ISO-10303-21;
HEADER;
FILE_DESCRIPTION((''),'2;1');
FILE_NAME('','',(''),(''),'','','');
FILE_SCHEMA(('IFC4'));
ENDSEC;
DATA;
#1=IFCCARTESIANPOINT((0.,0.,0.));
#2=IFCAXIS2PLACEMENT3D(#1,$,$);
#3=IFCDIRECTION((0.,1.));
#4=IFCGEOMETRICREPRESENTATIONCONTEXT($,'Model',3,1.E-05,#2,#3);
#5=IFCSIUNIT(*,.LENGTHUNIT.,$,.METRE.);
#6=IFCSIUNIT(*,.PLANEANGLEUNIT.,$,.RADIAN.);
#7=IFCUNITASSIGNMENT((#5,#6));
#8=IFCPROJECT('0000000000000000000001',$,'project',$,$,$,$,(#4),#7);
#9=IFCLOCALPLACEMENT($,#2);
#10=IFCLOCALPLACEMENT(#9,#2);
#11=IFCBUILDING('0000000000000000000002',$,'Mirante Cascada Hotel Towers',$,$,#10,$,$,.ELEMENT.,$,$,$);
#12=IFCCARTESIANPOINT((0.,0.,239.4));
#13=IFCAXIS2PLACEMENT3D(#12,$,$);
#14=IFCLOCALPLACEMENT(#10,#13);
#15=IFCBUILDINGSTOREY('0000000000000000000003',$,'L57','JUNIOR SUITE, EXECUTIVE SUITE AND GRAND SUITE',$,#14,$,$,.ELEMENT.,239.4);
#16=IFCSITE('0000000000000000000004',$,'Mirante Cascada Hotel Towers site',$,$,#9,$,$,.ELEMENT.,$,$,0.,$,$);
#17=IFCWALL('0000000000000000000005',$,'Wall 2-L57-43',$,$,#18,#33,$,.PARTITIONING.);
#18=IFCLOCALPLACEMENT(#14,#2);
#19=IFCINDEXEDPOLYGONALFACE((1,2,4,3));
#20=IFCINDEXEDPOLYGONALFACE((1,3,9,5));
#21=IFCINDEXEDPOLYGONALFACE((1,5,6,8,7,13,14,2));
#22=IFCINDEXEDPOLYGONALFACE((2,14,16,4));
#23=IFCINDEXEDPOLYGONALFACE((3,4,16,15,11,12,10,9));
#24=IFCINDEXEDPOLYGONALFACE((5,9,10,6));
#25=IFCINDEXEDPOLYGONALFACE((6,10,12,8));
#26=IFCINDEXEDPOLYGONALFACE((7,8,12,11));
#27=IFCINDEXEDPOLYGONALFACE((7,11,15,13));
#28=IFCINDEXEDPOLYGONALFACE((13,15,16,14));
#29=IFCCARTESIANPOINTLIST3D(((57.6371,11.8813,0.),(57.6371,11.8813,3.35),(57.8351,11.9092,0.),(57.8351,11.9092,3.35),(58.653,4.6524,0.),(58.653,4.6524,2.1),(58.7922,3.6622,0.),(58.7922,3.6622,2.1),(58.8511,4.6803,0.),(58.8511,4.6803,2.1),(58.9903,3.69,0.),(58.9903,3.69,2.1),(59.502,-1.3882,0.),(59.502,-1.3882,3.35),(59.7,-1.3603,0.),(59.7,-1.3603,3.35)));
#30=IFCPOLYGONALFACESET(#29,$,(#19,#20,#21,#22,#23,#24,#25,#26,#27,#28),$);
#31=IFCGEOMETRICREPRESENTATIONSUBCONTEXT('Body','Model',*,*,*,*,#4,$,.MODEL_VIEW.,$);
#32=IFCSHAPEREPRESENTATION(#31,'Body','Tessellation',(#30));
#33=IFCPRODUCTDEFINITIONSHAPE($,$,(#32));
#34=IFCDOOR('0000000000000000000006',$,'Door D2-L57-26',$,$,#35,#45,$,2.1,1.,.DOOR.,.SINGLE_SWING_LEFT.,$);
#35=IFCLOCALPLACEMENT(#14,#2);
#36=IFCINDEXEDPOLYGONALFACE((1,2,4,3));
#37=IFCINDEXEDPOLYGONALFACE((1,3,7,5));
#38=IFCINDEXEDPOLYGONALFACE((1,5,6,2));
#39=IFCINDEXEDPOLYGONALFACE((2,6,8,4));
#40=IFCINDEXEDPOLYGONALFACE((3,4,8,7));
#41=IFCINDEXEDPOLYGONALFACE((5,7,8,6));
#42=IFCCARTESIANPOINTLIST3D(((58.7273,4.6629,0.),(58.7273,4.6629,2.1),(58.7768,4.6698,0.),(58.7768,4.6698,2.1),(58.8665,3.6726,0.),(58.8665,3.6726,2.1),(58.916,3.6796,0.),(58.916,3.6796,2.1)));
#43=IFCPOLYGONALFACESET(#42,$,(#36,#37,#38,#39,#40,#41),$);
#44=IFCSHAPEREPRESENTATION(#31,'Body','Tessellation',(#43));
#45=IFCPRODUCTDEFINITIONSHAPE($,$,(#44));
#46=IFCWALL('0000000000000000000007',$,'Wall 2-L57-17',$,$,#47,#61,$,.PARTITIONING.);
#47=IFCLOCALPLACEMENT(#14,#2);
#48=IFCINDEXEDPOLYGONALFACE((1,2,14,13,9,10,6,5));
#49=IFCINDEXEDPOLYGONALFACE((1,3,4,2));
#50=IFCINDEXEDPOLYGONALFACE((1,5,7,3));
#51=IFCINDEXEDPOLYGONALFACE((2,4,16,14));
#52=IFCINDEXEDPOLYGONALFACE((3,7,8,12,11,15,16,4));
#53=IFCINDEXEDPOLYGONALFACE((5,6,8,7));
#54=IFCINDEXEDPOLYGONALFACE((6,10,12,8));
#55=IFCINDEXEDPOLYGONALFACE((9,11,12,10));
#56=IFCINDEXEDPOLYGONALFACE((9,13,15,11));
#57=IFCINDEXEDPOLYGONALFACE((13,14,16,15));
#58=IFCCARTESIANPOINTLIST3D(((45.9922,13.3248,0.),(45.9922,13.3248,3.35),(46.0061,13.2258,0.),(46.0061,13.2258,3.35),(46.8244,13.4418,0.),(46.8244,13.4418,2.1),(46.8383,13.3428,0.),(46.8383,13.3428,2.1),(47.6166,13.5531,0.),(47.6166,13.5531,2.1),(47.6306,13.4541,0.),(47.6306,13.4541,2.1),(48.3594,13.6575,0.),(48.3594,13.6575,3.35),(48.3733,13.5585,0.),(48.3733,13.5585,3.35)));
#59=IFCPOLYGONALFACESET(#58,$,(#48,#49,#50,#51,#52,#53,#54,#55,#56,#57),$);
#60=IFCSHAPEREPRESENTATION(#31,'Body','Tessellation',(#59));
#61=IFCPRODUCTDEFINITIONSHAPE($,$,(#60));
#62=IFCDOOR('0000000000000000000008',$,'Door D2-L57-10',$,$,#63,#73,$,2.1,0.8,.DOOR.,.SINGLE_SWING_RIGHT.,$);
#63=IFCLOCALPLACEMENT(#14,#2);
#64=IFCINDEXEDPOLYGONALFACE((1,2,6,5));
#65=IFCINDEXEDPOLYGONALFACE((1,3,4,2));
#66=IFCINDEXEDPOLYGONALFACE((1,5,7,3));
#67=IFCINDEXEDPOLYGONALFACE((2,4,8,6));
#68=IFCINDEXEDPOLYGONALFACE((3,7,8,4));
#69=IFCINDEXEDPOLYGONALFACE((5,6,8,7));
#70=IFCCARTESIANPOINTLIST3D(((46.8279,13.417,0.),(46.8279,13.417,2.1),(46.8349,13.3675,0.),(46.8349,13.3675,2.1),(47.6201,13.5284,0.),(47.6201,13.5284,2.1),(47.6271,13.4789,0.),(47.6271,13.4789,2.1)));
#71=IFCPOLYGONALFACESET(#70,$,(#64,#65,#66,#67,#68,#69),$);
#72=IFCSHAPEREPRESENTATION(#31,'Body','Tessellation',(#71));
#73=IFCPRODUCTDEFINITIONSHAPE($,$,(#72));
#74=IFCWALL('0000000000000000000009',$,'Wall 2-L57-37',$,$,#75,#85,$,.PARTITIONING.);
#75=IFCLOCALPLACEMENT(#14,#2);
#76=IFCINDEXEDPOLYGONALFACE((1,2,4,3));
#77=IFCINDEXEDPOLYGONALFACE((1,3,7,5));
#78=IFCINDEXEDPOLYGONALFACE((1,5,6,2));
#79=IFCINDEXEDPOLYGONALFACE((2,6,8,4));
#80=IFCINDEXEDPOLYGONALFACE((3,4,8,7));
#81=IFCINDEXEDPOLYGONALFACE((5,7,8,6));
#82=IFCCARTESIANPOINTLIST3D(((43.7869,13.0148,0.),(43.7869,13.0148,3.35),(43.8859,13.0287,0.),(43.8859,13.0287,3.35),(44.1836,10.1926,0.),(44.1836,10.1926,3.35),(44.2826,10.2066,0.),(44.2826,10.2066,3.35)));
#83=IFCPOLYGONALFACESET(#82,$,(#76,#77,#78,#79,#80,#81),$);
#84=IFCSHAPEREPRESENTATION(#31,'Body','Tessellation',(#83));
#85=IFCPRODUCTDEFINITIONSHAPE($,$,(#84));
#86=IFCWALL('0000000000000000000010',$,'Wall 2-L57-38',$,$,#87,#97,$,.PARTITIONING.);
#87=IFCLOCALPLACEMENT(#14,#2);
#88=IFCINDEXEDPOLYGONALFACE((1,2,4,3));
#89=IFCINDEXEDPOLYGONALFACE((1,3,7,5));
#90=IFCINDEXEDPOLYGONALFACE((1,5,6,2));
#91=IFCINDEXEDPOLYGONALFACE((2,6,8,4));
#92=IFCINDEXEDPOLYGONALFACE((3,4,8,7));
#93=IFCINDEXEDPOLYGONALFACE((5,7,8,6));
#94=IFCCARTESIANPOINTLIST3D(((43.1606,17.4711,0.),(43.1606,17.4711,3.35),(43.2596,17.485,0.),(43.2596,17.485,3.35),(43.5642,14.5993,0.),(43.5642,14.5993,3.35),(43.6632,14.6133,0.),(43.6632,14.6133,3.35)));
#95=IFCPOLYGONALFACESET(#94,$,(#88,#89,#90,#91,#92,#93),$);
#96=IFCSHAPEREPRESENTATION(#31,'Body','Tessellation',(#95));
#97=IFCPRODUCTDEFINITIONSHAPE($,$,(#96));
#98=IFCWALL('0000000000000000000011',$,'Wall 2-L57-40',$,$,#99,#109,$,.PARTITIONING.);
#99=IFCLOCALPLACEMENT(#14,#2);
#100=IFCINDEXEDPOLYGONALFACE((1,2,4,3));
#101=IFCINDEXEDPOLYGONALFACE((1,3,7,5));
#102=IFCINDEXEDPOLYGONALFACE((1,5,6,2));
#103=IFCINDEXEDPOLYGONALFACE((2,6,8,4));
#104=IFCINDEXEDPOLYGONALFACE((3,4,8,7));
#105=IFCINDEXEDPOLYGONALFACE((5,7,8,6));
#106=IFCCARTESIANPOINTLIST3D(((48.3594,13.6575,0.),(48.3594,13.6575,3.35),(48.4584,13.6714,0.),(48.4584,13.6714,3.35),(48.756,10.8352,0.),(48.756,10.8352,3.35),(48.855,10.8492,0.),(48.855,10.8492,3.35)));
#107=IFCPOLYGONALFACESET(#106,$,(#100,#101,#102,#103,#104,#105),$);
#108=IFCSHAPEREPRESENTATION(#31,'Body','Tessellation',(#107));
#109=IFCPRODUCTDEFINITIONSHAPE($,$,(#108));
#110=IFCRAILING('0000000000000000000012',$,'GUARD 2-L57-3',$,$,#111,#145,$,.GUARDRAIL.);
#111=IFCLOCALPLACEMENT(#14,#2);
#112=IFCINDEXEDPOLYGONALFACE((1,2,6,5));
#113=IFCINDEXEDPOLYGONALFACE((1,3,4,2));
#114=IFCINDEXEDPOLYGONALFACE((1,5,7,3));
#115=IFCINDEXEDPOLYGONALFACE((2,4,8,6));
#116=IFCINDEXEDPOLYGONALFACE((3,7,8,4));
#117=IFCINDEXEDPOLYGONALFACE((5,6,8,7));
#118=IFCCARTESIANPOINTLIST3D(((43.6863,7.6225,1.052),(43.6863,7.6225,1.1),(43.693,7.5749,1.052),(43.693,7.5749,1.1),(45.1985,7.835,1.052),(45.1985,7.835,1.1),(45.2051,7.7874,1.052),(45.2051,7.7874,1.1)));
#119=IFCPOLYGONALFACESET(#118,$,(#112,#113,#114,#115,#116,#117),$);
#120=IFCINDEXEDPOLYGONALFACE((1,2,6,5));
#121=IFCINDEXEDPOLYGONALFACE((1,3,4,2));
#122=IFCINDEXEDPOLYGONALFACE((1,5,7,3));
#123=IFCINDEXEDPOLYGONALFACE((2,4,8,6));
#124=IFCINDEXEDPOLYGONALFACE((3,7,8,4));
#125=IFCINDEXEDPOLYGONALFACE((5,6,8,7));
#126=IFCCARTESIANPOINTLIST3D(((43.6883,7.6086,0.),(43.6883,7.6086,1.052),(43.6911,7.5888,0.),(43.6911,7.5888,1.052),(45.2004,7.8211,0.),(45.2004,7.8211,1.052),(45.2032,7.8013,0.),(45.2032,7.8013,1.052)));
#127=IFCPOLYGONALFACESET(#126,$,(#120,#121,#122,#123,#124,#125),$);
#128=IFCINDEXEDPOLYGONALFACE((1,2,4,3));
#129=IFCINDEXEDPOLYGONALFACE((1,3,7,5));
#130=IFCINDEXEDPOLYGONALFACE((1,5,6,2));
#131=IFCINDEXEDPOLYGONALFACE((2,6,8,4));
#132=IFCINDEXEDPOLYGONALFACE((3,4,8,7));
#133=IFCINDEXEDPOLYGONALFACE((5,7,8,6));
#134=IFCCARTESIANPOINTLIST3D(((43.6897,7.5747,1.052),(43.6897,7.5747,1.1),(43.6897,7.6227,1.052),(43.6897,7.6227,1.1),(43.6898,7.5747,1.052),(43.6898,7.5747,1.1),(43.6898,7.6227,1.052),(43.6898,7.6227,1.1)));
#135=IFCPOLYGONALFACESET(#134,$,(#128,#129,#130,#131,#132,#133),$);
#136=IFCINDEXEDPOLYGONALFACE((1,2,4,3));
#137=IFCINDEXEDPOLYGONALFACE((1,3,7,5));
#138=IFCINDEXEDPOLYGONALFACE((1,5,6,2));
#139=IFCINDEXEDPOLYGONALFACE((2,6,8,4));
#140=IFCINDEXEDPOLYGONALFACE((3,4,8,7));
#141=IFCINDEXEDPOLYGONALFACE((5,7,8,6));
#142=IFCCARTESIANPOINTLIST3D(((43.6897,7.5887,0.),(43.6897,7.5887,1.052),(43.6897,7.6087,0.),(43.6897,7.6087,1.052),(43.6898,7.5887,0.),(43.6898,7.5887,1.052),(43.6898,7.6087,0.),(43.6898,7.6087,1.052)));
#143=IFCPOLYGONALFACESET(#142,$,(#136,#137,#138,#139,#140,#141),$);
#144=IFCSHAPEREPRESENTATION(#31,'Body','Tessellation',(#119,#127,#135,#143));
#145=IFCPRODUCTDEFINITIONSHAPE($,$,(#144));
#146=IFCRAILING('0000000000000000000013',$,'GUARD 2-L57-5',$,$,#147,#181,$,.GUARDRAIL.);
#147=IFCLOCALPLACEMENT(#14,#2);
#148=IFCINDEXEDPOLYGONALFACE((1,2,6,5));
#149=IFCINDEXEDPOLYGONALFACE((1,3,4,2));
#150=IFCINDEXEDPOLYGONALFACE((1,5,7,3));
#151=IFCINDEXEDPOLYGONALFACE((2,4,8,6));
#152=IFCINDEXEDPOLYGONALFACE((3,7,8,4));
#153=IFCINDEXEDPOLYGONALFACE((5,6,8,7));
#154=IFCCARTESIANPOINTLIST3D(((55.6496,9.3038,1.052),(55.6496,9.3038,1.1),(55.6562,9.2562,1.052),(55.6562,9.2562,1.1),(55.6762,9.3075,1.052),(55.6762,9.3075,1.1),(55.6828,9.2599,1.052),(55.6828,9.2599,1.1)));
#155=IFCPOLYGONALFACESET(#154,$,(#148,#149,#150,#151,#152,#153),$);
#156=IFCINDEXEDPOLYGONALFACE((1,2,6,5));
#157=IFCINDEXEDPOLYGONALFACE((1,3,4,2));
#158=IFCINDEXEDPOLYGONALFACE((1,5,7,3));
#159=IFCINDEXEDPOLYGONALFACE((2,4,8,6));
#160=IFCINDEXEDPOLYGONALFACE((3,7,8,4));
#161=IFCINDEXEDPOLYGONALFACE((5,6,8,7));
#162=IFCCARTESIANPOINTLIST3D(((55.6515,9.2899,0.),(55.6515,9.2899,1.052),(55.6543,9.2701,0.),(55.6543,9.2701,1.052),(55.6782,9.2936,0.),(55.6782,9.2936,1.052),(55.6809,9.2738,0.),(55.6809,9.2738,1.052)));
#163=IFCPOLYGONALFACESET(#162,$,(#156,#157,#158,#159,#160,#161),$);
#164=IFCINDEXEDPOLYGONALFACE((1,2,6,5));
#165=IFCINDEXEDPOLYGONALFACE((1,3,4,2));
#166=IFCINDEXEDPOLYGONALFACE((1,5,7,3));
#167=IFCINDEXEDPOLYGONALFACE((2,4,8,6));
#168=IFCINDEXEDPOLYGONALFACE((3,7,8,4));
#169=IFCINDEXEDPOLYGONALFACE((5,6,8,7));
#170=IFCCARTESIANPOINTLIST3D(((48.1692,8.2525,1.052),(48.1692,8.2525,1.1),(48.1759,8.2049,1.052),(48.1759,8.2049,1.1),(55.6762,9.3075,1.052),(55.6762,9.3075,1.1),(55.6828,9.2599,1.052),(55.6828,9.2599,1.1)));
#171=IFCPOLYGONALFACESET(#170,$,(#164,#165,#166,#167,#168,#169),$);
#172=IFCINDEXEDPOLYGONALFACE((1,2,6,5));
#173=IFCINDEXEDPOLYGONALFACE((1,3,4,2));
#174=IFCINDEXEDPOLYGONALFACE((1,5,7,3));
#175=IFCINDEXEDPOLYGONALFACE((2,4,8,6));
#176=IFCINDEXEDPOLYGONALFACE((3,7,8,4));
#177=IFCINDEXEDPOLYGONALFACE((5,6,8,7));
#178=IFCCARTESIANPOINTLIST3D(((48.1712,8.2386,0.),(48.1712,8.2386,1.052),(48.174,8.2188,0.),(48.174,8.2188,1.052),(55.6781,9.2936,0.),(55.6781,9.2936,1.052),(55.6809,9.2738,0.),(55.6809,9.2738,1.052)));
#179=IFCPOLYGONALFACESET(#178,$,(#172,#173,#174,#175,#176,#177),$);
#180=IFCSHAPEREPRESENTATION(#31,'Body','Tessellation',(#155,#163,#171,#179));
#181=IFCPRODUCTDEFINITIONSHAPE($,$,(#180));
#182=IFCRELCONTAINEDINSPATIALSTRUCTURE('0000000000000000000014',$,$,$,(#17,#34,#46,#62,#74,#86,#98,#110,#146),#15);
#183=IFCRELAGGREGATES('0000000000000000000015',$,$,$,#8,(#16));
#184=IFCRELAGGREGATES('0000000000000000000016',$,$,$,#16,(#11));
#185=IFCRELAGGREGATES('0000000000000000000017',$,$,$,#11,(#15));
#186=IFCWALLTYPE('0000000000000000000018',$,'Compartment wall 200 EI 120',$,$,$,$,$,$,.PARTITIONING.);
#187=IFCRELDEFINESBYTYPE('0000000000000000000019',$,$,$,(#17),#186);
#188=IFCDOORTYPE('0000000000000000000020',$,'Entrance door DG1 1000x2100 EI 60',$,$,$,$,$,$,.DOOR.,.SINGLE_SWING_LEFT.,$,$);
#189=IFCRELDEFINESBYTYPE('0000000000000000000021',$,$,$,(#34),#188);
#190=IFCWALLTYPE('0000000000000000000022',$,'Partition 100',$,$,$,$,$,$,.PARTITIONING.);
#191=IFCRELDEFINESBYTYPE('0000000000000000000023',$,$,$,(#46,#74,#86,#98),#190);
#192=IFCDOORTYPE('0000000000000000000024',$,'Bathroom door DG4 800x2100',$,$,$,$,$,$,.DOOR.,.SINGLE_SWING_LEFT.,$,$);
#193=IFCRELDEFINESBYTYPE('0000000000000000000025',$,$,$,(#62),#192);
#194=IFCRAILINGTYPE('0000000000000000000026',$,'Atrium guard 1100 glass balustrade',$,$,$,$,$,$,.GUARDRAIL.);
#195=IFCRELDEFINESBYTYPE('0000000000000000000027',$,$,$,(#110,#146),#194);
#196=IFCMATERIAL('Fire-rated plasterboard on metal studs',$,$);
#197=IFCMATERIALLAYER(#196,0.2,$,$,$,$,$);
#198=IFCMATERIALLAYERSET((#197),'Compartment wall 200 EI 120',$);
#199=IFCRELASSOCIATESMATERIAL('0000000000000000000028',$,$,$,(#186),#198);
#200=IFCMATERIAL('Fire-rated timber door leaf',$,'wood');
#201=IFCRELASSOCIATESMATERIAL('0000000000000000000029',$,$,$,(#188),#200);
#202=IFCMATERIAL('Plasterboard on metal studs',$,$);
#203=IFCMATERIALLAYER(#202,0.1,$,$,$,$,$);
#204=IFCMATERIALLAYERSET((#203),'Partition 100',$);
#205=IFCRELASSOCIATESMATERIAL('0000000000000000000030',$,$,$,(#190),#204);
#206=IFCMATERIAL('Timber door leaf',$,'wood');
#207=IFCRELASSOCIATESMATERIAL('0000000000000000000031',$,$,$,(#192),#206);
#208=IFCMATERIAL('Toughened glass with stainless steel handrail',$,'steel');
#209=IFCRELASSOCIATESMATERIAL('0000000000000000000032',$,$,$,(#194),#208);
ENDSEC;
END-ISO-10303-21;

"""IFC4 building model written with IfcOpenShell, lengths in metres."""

from ifc_helpers import new_model, si_unit, direction, frame, frame_2d, origin, origin_2d, place, context, subcontext, project, spatial, rectangle, extrude, material, layer, layer_set, type_object, element, fill, save


model = new_model("IFC4")

# Units and contexts
model_context = context("Model", 3, precision=1e-05, world=origin(), true_north=direction((0.0, 1.0)))
body_context = subcontext(model_context, "Body", "Model", "MODEL_VIEW")
ifc_project = project(units=[si_unit("LENGTHUNIT", "METRE"), si_unit("PLANEANGLEUNIT", "RADIAN")], contexts=[model_context])

# Site, building, storey
site_placement = place(None, origin())
site = spatial("IfcSite", under=ifc_project, at=site_placement, Name="Mirante Cascada Hotel Towers site", CompositionType="ELEMENT", RefElevation=0.0)
building_placement = place(site_placement, origin())
building = spatial("IfcBuilding", under=site, at=building_placement, Name="Mirante Cascada Hotel Towers", CompositionType="ELEMENT")
storey_placement = place(building_placement, frame((0.0, 0.0, 239.4)))
storey = spatial("IfcBuildingStorey", under=building, at=storey_placement, Name="L57", Description="JUNIOR SUITE, EXECUTIVE SUITE AND GRAND SUITE", CompositionType="ELEMENT", Elevation=239.4)

# Shared definitions
ifc_material_1 = material(Name="Fire-rated plasterboard on metal studs")
ifc_layer_1 = layer(ifc_material_1, 0.2)
ifc_layer_set_1 = layer_set([ifc_layer_1], Name="Compartment wall 200 EI 120")
wall_type_1 = type_object("IfcWallType", Name="Compartment wall 200 EI 120", PredefinedType="PARTITIONING", material=ifc_layer_set_1)

# Walls, openings, doors
wall_1_placement = place(storey_placement, frame((57.7361, 11.8953, 0.0), z_axis=(0.0, 0.0, 1.0), x_axis=(0.139173, -0.990268, 0.0)))
wall_1 = element("IfcWall", 1, at=wall_1_placement, inside=storey, type_object=wall_type_1, Name="Wall 2-L57-43", PredefinedType="PARTITIONING", context=body_context, shape_type="SweptSolid", body=[
    extrude(rectangle(XDim=13.3999, YDim=0.2, at=frame_2d((6.7, 0.0))), origin(), (0.0, 0.0, 1.0), 3.35),
])
opening_1_placement = place(wall_1_placement, frame((7.3, 0.0, 0.0)))
opening_1 = element("IfcOpeningElement", 2, at=opening_1_placement, cuts=wall_1, PredefinedType="OPENING", context=body_context, shape_type="SweptSolid", body=[
    extrude(rectangle(XDim=1.0, YDim=2.1, at=frame_2d((0.5, 1.05))), frame((0.0, 0.1, 0.0), z_axis=(0.0, -1.0, 0.0), x_axis=(1.0, 0.0, 0.0)), (0.0, 0.0, 1.0), 0.2),
])
ifc_material_2 = material(Name="Fire-rated timber door leaf", Category="wood")
door_type_1 = type_object("IfcDoorType", Name="Entrance door DG1 1000x2100 EI 60", OperationType="SINGLE_SWING_LEFT", PredefinedType="DOOR", material=ifc_material_2)
door_1_placement = place(opening_1_placement, origin())
door_1 = element("IfcDoor", 3, at=door_1_placement, inside=storey, type_object=door_type_1, Name="Door D2-L57-26", OperationType="SINGLE_SWING_LEFT", OverallHeight=2.1, OverallWidth=1.0, PredefinedType="DOOR", context=body_context, shape_type="SweptSolid", body=[
    extrude(rectangle(XDim=1.0, YDim=2.1, at=frame_2d((0.5, 1.05))), frame((0.0, 0.025, 0.0), z_axis=(0.0, -1.0, 0.0), x_axis=(1.0, 0.0, 0.0)), (0.0, 0.0, 1.0), 0.05),
])
fill(opening_1, door_1)
ifc_material_3 = material(Name="Plasterboard on metal studs")
ifc_layer_2 = layer(ifc_material_3, 0.1)
ifc_layer_set_2 = layer_set([ifc_layer_2], Name="Partition 100")
wall_type_2 = type_object("IfcWallType", Name="Partition 100", PredefinedType="PARTITIONING", material=ifc_layer_set_2)
wall_2_placement = place(storey_placement, frame((48.3663, 13.608, 0.0), z_axis=(0.0, 0.0, 1.0), x_axis=(-0.990267, -0.139178, 0.0)))
wall_2 = element("IfcWall", 4, at=wall_2_placement, inside=storey, type_object=wall_type_2, Name="Wall 2-L57-17", PredefinedType="PARTITIONING", context=body_context, shape_type="SweptSolid", body=[
    extrude(rectangle(XDim=2.3905, YDim=0.1, at=frame_2d((1.1952, 0.0))), origin(), (0.0, 0.0, 1.0), 3.35),
])
opening_2_placement = place(wall_2_placement, frame((0.75, 0.0, 0.0)))
opening_2 = element("IfcOpeningElement", 5, at=opening_2_placement, cuts=wall_2, PredefinedType="OPENING", context=body_context, shape_type="SweptSolid", body=[
    extrude(rectangle(XDim=0.8, YDim=2.1, at=frame_2d((0.4, 1.05))), frame((0.0, 0.05, 0.0), z_axis=(0.0, -1.0, 0.0), x_axis=(1.0, 0.0, 0.0)), (0.0, 0.0, 1.0), 0.1),
])
ifc_material_4 = material(Name="Timber door leaf", Category="wood")
door_type_2 = type_object("IfcDoorType", Name="Bathroom door DG4 800x2100", OperationType="SINGLE_SWING_LEFT", PredefinedType="DOOR", material=ifc_material_4)
door_2_placement = place(opening_2_placement, frame((0.8, 0.0, 0.0), z_axis=(0.0, 0.0, 1.0), x_axis=(-1.0, 0.0, 0.0)))
door_2 = element("IfcDoor", 6, at=door_2_placement, inside=storey, type_object=door_type_2, Name="Door D2-L57-10", OperationType="SINGLE_SWING_RIGHT", OverallHeight=2.1, OverallWidth=0.8, PredefinedType="DOOR", context=body_context, shape_type="SweptSolid", body=[
    extrude(rectangle(XDim=0.8, YDim=2.1, at=frame_2d((0.4, 1.05))), frame((0.0, 0.025, 0.0), z_axis=(0.0, -1.0, 0.0), x_axis=(1.0, 0.0, 0.0)), (0.0, 0.0, 1.0), 0.05),
])
fill(opening_2, door_2)

# Walls
wall_3_placement = place(storey_placement, frame((43.8364, 13.0218, 0.0), z_axis=(0.0, 0.0, 1.0), x_axis=(0.139196, -0.990265, 0.0)))
element("IfcWall", 7, at=wall_3_placement, inside=storey, type_object=wall_type_2, Name="Wall 2-L57-37", PredefinedType="PARTITIONING", context=body_context, shape_type="SweptSolid", body=[
    extrude(rectangle(XDim=2.8499, YDim=0.1, at=frame_2d((1.425, 0.0))), origin(), (0.0, 0.0, 1.0), 3.35),
])
wall_4_placement = place(storey_placement, frame((43.6137, 14.6063, 0.0), z_axis=(0.0, 0.0, 1.0), x_axis=(-0.139171, 0.990268, 0.0)))
element("IfcWall", 8, at=wall_4_placement, inside=storey, type_object=wall_type_2, Name="Wall 2-L57-38", PredefinedType="PARTITIONING", context=body_context, shape_type="SweptSolid", body=[
    extrude(rectangle(XDim=2.9, YDim=0.1, at=frame_2d((1.45, 0.0))), origin(), (0.0, 0.0, 1.0), 3.35),
])
wall_5_placement = place(storey_placement, frame((48.8055, 10.8422, 0.0), z_axis=(0.0, 0.0, 1.0), x_axis=(-0.139156, 0.99027, 0.0)))
element("IfcWall", 9, at=wall_5_placement, inside=storey, type_object=wall_type_2, Name="Wall 2-L57-40", PredefinedType="PARTITIONING", context=body_context, shape_type="SweptSolid", body=[
    extrude(rectangle(XDim=2.85, YDim=0.1, at=frame_2d((1.425, 0.0))), origin(), (0.0, 0.0, 1.0), 3.35),
])

# Railings
ifc_material_5 = material(Name="Toughened glass with stainless steel handrail", Category="steel")
railing_type = type_object("IfcRailingType", Name="Atrium guard 1100 glass balustrade", PredefinedType="GUARDRAIL", material=ifc_material_5)
railing_1_placement = place(storey_placement, frame((45.2018, 7.8112, 0.0)))
element("IfcRailing", 10, at=railing_1_placement, inside=storey, type_object=railing_type, Name="GUARD 2-L57-3", PredefinedType="GUARDRAIL", context=body_context, shape_type="SweptSolid", body=[
    extrude(rectangle(XDim=0.048, YDim=0.048, at=origin_2d()), frame((0.0, 0.0, 1.076), z_axis=(-0.990269, -0.139165, 0.0), x_axis=(0.139165, -0.990269, 0.0)), (0.0, 0.0, 1.0), 1.527),
    extrude(rectangle(XDim=0.02, YDim=1.052, at=origin_2d()), frame((0.0, 0.0, 0.526), z_axis=(-0.990269, -0.139165, 0.0), x_axis=(0.139165, -0.990269, 0.0)), (0.0, 0.0, 1.0), 1.527),
    extrude(rectangle(XDim=0.048, YDim=0.048, at=origin_2d()), frame((-1.5121, -0.2125, 1.076), z_axis=(1.0, 0.0, 0.0), x_axis=(0.0, 1.0, 0.0)), (0.0, 0.0, 1.0), 0.0001),
    extrude(rectangle(XDim=0.02, YDim=1.052, at=origin_2d()), frame((-1.5121, -0.2125, 0.526), z_axis=(1.0, 0.0, 0.0), x_axis=(0.0, 1.0, 0.0)), (0.0, 0.0, 1.0), 0.0001),
])
railing_2_placement = place(storey_placement, frame((55.6529, 9.28, 0.0)))
element("IfcRailing", 11, at=railing_2_placement, inside=storey, type_object=railing_type, Name="GUARD 2-L57-5", PredefinedType="GUARDRAIL", context=body_context, shape_type="SweptSolid", body=[
    extrude(rectangle(XDim=0.048, YDim=0.048, at=origin_2d()), frame((0.0, 0.0, 1.076), z_axis=(0.990464, 0.137771, 0.0), x_axis=(-0.137771, 0.990464, 0.0)), (0.0, 0.0, 1.0), 0.0269),
    extrude(rectangle(XDim=0.02, YDim=1.052, at=origin_2d()), frame((0.0, 0.0, 0.526), z_axis=(0.990464, 0.137771, 0.0), x_axis=(-0.137771, 0.990464, 0.0)), (0.0, 0.0, 1.0), 0.0269),
    extrude(rectangle(XDim=0.048, YDim=0.048, at=origin_2d()), frame((0.0266, 0.0037, 1.076), z_axis=(-0.990268, -0.13917, 0.0), x_axis=(0.13917, -0.990268, 0.0)), (0.0, 0.0, 1.0), 7.5807),
    extrude(rectangle(XDim=0.02, YDim=1.052, at=origin_2d()), frame((0.0266, 0.0037, 0.526), z_axis=(-0.990268, -0.13917, 0.0), x_axis=(0.13917, -0.990268, 0.0)), (0.0, 0.0, 1.0), 7.5807),
])

save(model, "model.ifc")
